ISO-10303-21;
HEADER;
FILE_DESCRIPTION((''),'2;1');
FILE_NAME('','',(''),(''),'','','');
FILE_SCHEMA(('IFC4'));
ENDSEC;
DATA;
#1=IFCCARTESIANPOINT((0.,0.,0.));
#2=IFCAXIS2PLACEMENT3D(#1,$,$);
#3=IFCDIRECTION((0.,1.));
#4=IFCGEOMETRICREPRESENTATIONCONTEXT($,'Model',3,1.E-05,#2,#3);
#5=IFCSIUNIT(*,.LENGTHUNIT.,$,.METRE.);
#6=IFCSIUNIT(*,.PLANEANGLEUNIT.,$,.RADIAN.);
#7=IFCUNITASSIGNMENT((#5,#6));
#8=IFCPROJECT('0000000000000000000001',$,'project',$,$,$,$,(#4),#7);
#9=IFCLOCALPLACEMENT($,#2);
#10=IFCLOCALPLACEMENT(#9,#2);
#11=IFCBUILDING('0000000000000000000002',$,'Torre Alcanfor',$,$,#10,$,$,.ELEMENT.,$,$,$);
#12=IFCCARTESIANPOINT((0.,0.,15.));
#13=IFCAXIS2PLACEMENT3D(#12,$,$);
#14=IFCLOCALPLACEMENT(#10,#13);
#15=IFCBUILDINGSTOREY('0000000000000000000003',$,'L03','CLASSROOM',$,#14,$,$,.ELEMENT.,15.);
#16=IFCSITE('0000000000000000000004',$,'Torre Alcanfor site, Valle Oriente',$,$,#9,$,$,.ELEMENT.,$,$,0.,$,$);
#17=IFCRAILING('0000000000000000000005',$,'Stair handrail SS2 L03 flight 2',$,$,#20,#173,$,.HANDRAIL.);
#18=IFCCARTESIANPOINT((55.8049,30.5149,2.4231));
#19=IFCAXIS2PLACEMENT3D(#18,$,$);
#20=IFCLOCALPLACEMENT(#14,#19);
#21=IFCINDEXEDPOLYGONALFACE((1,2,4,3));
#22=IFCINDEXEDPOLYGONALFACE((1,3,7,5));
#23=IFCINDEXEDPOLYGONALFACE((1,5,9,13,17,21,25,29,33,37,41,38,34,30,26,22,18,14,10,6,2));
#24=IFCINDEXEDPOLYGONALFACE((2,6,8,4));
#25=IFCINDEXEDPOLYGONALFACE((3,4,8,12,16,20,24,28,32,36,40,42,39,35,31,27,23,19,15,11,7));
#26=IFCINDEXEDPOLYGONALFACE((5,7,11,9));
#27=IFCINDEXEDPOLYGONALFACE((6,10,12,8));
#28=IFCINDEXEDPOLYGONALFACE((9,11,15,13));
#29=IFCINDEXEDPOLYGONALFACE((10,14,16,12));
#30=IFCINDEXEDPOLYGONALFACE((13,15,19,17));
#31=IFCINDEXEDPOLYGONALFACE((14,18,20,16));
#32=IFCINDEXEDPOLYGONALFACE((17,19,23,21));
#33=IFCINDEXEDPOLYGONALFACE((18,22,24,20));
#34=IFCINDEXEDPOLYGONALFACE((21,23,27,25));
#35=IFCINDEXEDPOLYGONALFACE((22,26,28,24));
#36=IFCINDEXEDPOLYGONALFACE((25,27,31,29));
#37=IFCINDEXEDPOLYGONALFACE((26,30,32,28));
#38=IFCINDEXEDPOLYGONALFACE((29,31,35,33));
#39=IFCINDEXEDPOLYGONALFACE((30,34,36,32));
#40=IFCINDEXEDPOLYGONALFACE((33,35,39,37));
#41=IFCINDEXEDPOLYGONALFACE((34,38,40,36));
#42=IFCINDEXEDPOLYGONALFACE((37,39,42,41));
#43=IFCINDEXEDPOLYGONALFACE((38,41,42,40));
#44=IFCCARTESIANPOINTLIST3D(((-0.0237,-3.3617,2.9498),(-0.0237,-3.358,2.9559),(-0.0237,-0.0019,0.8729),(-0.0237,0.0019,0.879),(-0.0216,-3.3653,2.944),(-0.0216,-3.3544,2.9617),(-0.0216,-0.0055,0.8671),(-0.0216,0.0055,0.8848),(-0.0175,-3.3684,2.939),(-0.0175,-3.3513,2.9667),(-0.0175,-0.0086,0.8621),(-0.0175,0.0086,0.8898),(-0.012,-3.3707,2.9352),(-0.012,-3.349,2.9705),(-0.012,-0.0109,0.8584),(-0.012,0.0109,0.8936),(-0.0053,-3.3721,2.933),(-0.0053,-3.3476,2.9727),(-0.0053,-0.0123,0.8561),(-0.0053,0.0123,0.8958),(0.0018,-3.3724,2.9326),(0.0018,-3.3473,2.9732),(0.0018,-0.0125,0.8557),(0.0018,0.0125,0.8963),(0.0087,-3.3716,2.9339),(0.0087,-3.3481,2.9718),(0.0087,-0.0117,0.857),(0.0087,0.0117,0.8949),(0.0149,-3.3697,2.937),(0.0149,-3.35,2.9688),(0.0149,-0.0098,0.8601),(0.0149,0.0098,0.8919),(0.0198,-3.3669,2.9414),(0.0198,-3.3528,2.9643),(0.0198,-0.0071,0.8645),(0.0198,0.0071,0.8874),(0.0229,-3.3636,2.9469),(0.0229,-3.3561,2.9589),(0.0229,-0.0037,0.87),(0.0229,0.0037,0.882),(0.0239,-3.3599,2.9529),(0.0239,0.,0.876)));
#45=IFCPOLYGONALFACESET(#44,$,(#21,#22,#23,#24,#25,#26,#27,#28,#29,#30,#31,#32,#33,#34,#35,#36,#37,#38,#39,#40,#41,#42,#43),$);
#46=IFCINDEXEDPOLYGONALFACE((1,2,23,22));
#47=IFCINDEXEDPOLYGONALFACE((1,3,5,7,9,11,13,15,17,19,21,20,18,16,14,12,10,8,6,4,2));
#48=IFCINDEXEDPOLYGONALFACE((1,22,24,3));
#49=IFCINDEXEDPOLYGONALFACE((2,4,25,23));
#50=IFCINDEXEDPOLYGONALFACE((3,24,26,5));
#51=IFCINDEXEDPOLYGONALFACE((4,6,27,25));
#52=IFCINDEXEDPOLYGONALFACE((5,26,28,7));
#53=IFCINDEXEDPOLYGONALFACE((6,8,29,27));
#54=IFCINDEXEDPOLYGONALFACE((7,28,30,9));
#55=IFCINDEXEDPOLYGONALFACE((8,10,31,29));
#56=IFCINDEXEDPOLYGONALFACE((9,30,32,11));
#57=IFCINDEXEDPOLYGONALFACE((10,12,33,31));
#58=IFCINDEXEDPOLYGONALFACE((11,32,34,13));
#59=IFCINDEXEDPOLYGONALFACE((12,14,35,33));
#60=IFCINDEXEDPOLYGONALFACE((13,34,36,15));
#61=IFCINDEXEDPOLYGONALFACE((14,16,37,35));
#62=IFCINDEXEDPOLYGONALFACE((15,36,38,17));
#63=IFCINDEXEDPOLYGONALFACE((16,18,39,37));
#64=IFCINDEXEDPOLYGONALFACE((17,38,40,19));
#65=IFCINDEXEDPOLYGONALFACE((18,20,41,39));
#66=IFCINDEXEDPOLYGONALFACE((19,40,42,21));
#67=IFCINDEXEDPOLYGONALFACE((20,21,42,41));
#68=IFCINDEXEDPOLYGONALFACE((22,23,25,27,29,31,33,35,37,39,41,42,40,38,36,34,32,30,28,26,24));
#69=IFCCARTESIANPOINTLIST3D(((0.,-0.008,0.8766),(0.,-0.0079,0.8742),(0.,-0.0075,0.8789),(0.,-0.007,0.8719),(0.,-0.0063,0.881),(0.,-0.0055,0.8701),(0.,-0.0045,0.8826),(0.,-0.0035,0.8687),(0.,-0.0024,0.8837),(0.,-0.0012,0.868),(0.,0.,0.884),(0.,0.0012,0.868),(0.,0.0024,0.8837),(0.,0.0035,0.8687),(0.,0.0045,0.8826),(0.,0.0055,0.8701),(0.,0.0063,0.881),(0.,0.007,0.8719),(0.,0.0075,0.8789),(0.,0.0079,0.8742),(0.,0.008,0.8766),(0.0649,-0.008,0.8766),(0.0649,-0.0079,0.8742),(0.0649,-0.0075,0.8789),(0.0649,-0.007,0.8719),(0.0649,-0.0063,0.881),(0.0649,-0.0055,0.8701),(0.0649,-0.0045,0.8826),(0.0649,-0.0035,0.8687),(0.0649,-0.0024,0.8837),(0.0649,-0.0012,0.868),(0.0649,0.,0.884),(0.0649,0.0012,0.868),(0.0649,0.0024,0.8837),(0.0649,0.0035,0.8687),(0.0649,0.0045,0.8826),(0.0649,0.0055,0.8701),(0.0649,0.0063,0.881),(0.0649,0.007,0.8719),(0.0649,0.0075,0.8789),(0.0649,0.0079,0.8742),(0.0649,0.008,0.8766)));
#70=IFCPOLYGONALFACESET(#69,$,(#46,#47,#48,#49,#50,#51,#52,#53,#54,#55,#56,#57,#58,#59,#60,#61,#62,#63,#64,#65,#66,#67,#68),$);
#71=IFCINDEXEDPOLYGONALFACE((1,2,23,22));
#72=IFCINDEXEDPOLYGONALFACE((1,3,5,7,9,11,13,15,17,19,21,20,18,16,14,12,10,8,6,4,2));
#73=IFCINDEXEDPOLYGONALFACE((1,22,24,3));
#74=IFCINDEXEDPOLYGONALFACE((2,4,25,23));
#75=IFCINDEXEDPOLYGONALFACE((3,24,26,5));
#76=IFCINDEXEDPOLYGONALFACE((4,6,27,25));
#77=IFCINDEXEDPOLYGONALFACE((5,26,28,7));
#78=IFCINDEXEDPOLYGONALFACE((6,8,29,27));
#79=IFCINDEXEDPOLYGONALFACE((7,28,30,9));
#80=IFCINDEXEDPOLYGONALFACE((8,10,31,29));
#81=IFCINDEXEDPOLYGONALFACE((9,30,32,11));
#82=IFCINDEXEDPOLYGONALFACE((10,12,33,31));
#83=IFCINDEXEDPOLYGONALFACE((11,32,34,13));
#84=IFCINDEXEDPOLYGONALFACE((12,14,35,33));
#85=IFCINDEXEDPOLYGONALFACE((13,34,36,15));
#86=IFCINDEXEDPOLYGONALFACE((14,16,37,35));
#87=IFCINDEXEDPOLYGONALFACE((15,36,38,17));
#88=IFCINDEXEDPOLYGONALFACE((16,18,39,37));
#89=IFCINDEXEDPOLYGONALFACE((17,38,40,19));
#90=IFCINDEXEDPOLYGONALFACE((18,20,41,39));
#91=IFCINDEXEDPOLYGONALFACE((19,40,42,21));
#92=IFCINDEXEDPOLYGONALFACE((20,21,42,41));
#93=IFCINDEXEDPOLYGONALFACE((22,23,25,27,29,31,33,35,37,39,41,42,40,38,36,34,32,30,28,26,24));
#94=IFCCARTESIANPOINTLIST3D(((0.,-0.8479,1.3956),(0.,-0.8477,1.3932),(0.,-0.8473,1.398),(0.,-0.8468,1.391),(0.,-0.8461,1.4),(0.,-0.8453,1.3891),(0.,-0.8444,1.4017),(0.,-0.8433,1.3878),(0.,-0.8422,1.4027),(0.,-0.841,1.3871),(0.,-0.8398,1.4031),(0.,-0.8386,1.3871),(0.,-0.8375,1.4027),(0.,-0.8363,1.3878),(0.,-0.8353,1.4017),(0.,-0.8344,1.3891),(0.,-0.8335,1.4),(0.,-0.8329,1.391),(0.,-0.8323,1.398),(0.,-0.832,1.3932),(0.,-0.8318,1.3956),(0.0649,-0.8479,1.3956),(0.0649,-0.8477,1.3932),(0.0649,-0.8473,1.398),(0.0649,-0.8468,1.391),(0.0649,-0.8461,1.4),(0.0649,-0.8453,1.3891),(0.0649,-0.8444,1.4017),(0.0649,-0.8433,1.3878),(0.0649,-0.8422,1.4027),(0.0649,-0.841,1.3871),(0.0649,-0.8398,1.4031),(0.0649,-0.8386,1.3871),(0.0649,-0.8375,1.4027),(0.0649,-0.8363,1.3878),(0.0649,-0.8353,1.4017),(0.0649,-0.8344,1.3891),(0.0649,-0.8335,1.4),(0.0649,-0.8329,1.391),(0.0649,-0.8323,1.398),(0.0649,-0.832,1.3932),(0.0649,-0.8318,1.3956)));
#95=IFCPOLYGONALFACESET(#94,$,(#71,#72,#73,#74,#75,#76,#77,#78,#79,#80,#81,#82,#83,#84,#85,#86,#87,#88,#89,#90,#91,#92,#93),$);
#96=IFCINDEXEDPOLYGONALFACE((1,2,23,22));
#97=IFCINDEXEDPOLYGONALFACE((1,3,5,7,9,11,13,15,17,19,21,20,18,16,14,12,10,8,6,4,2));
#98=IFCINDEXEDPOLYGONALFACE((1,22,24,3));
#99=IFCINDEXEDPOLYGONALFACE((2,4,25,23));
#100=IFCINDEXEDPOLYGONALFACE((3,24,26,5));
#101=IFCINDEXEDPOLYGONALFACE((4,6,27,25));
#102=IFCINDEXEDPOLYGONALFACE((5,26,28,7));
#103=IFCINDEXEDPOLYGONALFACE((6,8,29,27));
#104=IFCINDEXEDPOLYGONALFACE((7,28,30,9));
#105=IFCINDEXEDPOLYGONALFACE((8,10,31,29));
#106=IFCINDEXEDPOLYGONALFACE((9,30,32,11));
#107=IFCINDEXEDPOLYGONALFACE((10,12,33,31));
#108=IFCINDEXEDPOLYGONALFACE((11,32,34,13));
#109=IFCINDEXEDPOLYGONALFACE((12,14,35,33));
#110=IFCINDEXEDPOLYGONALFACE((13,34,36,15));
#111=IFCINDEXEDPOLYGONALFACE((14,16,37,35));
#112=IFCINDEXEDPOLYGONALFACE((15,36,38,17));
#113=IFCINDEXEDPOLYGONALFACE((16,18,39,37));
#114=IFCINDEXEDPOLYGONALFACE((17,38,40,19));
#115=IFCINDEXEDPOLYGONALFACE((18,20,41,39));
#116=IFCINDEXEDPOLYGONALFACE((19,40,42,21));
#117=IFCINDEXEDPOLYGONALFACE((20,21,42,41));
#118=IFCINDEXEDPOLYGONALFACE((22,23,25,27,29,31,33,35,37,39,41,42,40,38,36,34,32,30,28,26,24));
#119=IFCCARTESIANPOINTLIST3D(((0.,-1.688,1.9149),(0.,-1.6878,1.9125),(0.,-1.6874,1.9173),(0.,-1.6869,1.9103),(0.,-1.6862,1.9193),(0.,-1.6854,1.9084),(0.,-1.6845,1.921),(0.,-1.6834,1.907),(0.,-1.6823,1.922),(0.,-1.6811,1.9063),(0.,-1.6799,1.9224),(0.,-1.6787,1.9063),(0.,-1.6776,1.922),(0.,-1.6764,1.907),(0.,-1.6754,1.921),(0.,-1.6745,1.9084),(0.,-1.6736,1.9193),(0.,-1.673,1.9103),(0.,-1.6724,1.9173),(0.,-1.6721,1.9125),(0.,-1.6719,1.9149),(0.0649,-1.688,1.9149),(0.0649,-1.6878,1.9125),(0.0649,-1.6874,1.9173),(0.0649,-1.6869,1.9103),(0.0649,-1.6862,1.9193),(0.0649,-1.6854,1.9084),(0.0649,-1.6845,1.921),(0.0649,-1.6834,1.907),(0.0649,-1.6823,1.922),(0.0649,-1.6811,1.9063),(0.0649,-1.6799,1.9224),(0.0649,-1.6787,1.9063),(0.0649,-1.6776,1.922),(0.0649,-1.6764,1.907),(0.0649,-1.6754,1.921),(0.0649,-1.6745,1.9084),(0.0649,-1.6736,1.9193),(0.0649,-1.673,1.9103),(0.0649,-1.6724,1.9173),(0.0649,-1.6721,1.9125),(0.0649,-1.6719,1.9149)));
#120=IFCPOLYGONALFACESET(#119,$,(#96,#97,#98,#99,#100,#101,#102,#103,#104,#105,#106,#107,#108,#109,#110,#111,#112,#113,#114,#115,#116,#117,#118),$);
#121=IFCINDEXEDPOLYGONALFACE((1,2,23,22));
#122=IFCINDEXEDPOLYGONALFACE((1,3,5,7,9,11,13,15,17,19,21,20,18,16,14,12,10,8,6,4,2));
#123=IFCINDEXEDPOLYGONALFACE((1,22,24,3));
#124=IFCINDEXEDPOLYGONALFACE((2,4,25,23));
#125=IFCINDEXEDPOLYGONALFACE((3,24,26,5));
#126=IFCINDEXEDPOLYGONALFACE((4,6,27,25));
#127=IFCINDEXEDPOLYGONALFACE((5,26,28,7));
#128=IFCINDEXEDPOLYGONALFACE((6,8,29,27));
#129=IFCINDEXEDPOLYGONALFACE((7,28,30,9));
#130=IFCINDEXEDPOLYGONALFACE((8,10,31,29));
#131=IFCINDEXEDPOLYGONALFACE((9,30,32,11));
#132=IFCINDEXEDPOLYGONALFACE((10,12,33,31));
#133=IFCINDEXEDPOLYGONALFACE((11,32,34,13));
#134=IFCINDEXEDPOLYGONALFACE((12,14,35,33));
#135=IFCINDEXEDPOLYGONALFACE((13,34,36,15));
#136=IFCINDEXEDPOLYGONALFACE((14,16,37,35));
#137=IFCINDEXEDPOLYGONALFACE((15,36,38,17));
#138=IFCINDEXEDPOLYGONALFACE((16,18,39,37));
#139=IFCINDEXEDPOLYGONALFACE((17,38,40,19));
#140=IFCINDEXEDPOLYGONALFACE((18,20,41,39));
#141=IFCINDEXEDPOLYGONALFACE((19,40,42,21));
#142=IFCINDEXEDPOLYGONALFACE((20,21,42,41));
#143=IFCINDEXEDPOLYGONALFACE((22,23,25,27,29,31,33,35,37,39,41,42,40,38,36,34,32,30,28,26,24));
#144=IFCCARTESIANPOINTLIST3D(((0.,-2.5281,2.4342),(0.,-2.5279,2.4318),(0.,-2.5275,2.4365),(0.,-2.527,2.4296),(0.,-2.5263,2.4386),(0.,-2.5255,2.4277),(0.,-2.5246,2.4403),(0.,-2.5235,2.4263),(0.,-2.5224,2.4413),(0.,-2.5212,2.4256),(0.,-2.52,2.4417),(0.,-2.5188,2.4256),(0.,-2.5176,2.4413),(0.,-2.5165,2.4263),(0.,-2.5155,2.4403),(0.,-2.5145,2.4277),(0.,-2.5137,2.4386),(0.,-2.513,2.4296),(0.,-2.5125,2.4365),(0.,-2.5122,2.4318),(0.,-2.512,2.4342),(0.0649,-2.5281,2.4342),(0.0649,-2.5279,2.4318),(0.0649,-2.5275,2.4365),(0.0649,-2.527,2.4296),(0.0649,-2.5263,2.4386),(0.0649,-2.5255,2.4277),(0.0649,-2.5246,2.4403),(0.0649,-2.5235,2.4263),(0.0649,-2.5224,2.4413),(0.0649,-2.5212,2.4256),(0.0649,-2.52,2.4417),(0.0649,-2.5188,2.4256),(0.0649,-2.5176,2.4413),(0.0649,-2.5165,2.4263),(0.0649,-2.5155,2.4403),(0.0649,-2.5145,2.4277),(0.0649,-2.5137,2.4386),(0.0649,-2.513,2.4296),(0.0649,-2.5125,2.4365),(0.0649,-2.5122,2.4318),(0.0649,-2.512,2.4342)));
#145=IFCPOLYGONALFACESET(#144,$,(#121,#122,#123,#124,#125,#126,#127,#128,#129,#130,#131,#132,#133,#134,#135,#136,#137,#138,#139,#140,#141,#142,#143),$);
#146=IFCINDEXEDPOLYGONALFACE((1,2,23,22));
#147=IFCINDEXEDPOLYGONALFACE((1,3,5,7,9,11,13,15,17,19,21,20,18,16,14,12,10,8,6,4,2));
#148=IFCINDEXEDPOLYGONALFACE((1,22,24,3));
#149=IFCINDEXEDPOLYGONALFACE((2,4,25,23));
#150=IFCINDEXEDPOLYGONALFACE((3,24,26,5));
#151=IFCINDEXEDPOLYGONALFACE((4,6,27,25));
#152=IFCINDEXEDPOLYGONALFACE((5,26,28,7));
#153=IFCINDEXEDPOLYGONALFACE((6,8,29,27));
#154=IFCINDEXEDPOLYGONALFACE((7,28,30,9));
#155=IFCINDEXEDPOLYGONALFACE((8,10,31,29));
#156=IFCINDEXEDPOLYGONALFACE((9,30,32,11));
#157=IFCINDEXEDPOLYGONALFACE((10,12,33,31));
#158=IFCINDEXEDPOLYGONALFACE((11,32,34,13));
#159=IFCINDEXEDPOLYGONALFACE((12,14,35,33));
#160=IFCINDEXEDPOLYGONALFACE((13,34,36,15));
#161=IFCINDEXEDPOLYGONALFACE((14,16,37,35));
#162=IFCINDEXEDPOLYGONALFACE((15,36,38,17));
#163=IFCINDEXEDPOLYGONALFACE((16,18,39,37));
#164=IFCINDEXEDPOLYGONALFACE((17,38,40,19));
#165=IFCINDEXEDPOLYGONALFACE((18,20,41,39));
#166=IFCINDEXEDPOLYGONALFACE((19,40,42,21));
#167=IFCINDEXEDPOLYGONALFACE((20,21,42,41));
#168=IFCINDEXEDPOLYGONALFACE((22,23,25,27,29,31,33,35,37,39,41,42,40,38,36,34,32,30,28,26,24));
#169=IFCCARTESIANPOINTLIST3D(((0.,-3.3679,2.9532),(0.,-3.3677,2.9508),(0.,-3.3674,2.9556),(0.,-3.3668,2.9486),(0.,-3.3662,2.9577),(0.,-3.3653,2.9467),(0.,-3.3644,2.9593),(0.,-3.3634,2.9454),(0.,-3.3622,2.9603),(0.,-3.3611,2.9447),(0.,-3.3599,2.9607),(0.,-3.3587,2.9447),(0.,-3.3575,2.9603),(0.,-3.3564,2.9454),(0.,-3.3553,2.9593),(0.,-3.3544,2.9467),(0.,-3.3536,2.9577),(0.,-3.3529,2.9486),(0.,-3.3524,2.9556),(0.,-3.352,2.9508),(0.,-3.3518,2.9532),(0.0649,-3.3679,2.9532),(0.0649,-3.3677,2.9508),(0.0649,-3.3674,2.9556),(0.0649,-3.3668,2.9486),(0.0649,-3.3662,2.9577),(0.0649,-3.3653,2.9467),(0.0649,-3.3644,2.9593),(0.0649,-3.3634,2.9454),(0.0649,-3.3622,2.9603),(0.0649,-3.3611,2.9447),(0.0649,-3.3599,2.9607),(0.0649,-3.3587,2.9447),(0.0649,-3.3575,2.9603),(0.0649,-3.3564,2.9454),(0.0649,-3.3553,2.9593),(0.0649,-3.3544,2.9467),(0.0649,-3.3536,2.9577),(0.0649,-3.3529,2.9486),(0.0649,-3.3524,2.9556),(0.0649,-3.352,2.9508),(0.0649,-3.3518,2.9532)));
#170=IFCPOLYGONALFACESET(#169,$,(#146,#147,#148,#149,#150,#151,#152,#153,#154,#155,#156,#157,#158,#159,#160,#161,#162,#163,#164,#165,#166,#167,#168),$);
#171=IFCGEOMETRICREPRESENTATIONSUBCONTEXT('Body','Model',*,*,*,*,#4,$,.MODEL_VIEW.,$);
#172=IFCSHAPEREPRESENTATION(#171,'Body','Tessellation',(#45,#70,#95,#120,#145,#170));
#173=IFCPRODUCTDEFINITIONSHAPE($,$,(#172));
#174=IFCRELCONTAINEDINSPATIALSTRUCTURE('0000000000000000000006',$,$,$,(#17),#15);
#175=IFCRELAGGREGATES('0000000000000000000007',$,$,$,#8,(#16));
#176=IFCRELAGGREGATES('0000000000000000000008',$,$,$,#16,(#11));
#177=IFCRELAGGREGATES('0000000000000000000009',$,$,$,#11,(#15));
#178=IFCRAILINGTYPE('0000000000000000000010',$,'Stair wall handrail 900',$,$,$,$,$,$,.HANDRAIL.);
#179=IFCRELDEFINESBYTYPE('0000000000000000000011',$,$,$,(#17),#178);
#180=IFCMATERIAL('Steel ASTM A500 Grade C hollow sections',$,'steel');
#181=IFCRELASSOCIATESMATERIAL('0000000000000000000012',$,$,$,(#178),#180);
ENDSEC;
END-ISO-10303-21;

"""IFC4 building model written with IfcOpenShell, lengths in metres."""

from ifc_helpers import new_model, si_unit, direction, frame, origin, origin_2d, place, context, subcontext, project, spatial, circle, extrude, material, type_object, element, save


model = new_model("IFC4")

# Units and contexts
model_context = context("Model", 3, precision=1e-05, world=origin(), true_north=direction((0.0, 1.0)))
body_context = subcontext(model_context, "Body", "Model", "MODEL_VIEW")
ifc_project = project(units=[si_unit("LENGTHUNIT", "METRE"), si_unit("PLANEANGLEUNIT", "RADIAN")], contexts=[model_context])

# Site, building, storey
site_placement = place(None, origin())
site = spatial("IfcSite", under=ifc_project, at=site_placement, Name="Torre Alcanfor site, Valle Oriente", CompositionType="ELEMENT", RefElevation=0.0)
building_placement = place(site_placement, origin())
building = spatial("IfcBuilding", under=site, at=building_placement, Name="Torre Alcanfor", CompositionType="ELEMENT")
storey_placement = place(building_placement, frame((0.0, 0.0, 15.0)))
storey = spatial("IfcBuildingStorey", under=building, at=storey_placement, Name="L03", Description="CLASSROOM", CompositionType="ELEMENT", Elevation=15.0)

# Railing
ifc_material_1 = material(Name="Steel ASTM A500 Grade C hollow sections", Category="steel")
railing_type_1 = type_object("IfcRailingType", Name="Stair wall handrail 900", PredefinedType="HANDRAIL", material=ifc_material_1)
railing_1_placement = place(storey_placement, frame((55.8049, 30.5149, 2.4231)))
element("IfcRailing", 1, at=railing_1_placement, inside=storey, type_object=railing_type_1, Name="Stair handrail SS2 L03 flight 2", PredefinedType="HANDRAIL", context=body_context, shape_type="SweptSolid", body=[
    extrude(circle(Radius=0.0239, at=origin_2d()), frame((0.0, 0.0, 0.876), z_axis=(0.0, -0.850606, 0.525803), x_axis=(1.0, 0.0, 0.0)), (0.0, 0.0, 1.0), 3.95),
    extrude(circle(Radius=0.0081, at=origin_2d()), frame((0.0, 0.0, 0.876), z_axis=(1.0, 0.0, 0.0), x_axis=(0.0, 0.0, 1.0)), (0.0, 0.0, 1.0), 0.0649),
    extrude(circle(Radius=0.0081, at=origin_2d()), frame((0.0, -0.8398, 1.395), z_axis=(1.0, 0.0, 0.0), x_axis=(0.0, 0.0, 1.0)), (0.0, 0.0, 1.0), 0.0649),
    extrude(circle(Radius=0.0081, at=origin_2d()), frame((0.0, -1.6799, 1.9143), z_axis=(1.0, 0.0, 0.0), x_axis=(0.0, 0.0, 1.0)), (0.0, 0.0, 1.0), 0.0649),
    extrude(circle(Radius=0.0081, at=origin_2d()), frame((0.0, -2.52, 2.4336), z_axis=(1.0, 0.0, 0.0), x_axis=(0.0, 0.0, 1.0)), (0.0, 0.0, 1.0), 0.0649),
    extrude(circle(Radius=0.0081, at=origin_2d()), frame((0.0, -3.3599, 2.9526), z_axis=(1.0, 0.0, 0.0), x_axis=(0.0, 0.0, 1.0)), (0.0, 0.0, 1.0), 0.0649),
])

save(model, "model.ifc")
